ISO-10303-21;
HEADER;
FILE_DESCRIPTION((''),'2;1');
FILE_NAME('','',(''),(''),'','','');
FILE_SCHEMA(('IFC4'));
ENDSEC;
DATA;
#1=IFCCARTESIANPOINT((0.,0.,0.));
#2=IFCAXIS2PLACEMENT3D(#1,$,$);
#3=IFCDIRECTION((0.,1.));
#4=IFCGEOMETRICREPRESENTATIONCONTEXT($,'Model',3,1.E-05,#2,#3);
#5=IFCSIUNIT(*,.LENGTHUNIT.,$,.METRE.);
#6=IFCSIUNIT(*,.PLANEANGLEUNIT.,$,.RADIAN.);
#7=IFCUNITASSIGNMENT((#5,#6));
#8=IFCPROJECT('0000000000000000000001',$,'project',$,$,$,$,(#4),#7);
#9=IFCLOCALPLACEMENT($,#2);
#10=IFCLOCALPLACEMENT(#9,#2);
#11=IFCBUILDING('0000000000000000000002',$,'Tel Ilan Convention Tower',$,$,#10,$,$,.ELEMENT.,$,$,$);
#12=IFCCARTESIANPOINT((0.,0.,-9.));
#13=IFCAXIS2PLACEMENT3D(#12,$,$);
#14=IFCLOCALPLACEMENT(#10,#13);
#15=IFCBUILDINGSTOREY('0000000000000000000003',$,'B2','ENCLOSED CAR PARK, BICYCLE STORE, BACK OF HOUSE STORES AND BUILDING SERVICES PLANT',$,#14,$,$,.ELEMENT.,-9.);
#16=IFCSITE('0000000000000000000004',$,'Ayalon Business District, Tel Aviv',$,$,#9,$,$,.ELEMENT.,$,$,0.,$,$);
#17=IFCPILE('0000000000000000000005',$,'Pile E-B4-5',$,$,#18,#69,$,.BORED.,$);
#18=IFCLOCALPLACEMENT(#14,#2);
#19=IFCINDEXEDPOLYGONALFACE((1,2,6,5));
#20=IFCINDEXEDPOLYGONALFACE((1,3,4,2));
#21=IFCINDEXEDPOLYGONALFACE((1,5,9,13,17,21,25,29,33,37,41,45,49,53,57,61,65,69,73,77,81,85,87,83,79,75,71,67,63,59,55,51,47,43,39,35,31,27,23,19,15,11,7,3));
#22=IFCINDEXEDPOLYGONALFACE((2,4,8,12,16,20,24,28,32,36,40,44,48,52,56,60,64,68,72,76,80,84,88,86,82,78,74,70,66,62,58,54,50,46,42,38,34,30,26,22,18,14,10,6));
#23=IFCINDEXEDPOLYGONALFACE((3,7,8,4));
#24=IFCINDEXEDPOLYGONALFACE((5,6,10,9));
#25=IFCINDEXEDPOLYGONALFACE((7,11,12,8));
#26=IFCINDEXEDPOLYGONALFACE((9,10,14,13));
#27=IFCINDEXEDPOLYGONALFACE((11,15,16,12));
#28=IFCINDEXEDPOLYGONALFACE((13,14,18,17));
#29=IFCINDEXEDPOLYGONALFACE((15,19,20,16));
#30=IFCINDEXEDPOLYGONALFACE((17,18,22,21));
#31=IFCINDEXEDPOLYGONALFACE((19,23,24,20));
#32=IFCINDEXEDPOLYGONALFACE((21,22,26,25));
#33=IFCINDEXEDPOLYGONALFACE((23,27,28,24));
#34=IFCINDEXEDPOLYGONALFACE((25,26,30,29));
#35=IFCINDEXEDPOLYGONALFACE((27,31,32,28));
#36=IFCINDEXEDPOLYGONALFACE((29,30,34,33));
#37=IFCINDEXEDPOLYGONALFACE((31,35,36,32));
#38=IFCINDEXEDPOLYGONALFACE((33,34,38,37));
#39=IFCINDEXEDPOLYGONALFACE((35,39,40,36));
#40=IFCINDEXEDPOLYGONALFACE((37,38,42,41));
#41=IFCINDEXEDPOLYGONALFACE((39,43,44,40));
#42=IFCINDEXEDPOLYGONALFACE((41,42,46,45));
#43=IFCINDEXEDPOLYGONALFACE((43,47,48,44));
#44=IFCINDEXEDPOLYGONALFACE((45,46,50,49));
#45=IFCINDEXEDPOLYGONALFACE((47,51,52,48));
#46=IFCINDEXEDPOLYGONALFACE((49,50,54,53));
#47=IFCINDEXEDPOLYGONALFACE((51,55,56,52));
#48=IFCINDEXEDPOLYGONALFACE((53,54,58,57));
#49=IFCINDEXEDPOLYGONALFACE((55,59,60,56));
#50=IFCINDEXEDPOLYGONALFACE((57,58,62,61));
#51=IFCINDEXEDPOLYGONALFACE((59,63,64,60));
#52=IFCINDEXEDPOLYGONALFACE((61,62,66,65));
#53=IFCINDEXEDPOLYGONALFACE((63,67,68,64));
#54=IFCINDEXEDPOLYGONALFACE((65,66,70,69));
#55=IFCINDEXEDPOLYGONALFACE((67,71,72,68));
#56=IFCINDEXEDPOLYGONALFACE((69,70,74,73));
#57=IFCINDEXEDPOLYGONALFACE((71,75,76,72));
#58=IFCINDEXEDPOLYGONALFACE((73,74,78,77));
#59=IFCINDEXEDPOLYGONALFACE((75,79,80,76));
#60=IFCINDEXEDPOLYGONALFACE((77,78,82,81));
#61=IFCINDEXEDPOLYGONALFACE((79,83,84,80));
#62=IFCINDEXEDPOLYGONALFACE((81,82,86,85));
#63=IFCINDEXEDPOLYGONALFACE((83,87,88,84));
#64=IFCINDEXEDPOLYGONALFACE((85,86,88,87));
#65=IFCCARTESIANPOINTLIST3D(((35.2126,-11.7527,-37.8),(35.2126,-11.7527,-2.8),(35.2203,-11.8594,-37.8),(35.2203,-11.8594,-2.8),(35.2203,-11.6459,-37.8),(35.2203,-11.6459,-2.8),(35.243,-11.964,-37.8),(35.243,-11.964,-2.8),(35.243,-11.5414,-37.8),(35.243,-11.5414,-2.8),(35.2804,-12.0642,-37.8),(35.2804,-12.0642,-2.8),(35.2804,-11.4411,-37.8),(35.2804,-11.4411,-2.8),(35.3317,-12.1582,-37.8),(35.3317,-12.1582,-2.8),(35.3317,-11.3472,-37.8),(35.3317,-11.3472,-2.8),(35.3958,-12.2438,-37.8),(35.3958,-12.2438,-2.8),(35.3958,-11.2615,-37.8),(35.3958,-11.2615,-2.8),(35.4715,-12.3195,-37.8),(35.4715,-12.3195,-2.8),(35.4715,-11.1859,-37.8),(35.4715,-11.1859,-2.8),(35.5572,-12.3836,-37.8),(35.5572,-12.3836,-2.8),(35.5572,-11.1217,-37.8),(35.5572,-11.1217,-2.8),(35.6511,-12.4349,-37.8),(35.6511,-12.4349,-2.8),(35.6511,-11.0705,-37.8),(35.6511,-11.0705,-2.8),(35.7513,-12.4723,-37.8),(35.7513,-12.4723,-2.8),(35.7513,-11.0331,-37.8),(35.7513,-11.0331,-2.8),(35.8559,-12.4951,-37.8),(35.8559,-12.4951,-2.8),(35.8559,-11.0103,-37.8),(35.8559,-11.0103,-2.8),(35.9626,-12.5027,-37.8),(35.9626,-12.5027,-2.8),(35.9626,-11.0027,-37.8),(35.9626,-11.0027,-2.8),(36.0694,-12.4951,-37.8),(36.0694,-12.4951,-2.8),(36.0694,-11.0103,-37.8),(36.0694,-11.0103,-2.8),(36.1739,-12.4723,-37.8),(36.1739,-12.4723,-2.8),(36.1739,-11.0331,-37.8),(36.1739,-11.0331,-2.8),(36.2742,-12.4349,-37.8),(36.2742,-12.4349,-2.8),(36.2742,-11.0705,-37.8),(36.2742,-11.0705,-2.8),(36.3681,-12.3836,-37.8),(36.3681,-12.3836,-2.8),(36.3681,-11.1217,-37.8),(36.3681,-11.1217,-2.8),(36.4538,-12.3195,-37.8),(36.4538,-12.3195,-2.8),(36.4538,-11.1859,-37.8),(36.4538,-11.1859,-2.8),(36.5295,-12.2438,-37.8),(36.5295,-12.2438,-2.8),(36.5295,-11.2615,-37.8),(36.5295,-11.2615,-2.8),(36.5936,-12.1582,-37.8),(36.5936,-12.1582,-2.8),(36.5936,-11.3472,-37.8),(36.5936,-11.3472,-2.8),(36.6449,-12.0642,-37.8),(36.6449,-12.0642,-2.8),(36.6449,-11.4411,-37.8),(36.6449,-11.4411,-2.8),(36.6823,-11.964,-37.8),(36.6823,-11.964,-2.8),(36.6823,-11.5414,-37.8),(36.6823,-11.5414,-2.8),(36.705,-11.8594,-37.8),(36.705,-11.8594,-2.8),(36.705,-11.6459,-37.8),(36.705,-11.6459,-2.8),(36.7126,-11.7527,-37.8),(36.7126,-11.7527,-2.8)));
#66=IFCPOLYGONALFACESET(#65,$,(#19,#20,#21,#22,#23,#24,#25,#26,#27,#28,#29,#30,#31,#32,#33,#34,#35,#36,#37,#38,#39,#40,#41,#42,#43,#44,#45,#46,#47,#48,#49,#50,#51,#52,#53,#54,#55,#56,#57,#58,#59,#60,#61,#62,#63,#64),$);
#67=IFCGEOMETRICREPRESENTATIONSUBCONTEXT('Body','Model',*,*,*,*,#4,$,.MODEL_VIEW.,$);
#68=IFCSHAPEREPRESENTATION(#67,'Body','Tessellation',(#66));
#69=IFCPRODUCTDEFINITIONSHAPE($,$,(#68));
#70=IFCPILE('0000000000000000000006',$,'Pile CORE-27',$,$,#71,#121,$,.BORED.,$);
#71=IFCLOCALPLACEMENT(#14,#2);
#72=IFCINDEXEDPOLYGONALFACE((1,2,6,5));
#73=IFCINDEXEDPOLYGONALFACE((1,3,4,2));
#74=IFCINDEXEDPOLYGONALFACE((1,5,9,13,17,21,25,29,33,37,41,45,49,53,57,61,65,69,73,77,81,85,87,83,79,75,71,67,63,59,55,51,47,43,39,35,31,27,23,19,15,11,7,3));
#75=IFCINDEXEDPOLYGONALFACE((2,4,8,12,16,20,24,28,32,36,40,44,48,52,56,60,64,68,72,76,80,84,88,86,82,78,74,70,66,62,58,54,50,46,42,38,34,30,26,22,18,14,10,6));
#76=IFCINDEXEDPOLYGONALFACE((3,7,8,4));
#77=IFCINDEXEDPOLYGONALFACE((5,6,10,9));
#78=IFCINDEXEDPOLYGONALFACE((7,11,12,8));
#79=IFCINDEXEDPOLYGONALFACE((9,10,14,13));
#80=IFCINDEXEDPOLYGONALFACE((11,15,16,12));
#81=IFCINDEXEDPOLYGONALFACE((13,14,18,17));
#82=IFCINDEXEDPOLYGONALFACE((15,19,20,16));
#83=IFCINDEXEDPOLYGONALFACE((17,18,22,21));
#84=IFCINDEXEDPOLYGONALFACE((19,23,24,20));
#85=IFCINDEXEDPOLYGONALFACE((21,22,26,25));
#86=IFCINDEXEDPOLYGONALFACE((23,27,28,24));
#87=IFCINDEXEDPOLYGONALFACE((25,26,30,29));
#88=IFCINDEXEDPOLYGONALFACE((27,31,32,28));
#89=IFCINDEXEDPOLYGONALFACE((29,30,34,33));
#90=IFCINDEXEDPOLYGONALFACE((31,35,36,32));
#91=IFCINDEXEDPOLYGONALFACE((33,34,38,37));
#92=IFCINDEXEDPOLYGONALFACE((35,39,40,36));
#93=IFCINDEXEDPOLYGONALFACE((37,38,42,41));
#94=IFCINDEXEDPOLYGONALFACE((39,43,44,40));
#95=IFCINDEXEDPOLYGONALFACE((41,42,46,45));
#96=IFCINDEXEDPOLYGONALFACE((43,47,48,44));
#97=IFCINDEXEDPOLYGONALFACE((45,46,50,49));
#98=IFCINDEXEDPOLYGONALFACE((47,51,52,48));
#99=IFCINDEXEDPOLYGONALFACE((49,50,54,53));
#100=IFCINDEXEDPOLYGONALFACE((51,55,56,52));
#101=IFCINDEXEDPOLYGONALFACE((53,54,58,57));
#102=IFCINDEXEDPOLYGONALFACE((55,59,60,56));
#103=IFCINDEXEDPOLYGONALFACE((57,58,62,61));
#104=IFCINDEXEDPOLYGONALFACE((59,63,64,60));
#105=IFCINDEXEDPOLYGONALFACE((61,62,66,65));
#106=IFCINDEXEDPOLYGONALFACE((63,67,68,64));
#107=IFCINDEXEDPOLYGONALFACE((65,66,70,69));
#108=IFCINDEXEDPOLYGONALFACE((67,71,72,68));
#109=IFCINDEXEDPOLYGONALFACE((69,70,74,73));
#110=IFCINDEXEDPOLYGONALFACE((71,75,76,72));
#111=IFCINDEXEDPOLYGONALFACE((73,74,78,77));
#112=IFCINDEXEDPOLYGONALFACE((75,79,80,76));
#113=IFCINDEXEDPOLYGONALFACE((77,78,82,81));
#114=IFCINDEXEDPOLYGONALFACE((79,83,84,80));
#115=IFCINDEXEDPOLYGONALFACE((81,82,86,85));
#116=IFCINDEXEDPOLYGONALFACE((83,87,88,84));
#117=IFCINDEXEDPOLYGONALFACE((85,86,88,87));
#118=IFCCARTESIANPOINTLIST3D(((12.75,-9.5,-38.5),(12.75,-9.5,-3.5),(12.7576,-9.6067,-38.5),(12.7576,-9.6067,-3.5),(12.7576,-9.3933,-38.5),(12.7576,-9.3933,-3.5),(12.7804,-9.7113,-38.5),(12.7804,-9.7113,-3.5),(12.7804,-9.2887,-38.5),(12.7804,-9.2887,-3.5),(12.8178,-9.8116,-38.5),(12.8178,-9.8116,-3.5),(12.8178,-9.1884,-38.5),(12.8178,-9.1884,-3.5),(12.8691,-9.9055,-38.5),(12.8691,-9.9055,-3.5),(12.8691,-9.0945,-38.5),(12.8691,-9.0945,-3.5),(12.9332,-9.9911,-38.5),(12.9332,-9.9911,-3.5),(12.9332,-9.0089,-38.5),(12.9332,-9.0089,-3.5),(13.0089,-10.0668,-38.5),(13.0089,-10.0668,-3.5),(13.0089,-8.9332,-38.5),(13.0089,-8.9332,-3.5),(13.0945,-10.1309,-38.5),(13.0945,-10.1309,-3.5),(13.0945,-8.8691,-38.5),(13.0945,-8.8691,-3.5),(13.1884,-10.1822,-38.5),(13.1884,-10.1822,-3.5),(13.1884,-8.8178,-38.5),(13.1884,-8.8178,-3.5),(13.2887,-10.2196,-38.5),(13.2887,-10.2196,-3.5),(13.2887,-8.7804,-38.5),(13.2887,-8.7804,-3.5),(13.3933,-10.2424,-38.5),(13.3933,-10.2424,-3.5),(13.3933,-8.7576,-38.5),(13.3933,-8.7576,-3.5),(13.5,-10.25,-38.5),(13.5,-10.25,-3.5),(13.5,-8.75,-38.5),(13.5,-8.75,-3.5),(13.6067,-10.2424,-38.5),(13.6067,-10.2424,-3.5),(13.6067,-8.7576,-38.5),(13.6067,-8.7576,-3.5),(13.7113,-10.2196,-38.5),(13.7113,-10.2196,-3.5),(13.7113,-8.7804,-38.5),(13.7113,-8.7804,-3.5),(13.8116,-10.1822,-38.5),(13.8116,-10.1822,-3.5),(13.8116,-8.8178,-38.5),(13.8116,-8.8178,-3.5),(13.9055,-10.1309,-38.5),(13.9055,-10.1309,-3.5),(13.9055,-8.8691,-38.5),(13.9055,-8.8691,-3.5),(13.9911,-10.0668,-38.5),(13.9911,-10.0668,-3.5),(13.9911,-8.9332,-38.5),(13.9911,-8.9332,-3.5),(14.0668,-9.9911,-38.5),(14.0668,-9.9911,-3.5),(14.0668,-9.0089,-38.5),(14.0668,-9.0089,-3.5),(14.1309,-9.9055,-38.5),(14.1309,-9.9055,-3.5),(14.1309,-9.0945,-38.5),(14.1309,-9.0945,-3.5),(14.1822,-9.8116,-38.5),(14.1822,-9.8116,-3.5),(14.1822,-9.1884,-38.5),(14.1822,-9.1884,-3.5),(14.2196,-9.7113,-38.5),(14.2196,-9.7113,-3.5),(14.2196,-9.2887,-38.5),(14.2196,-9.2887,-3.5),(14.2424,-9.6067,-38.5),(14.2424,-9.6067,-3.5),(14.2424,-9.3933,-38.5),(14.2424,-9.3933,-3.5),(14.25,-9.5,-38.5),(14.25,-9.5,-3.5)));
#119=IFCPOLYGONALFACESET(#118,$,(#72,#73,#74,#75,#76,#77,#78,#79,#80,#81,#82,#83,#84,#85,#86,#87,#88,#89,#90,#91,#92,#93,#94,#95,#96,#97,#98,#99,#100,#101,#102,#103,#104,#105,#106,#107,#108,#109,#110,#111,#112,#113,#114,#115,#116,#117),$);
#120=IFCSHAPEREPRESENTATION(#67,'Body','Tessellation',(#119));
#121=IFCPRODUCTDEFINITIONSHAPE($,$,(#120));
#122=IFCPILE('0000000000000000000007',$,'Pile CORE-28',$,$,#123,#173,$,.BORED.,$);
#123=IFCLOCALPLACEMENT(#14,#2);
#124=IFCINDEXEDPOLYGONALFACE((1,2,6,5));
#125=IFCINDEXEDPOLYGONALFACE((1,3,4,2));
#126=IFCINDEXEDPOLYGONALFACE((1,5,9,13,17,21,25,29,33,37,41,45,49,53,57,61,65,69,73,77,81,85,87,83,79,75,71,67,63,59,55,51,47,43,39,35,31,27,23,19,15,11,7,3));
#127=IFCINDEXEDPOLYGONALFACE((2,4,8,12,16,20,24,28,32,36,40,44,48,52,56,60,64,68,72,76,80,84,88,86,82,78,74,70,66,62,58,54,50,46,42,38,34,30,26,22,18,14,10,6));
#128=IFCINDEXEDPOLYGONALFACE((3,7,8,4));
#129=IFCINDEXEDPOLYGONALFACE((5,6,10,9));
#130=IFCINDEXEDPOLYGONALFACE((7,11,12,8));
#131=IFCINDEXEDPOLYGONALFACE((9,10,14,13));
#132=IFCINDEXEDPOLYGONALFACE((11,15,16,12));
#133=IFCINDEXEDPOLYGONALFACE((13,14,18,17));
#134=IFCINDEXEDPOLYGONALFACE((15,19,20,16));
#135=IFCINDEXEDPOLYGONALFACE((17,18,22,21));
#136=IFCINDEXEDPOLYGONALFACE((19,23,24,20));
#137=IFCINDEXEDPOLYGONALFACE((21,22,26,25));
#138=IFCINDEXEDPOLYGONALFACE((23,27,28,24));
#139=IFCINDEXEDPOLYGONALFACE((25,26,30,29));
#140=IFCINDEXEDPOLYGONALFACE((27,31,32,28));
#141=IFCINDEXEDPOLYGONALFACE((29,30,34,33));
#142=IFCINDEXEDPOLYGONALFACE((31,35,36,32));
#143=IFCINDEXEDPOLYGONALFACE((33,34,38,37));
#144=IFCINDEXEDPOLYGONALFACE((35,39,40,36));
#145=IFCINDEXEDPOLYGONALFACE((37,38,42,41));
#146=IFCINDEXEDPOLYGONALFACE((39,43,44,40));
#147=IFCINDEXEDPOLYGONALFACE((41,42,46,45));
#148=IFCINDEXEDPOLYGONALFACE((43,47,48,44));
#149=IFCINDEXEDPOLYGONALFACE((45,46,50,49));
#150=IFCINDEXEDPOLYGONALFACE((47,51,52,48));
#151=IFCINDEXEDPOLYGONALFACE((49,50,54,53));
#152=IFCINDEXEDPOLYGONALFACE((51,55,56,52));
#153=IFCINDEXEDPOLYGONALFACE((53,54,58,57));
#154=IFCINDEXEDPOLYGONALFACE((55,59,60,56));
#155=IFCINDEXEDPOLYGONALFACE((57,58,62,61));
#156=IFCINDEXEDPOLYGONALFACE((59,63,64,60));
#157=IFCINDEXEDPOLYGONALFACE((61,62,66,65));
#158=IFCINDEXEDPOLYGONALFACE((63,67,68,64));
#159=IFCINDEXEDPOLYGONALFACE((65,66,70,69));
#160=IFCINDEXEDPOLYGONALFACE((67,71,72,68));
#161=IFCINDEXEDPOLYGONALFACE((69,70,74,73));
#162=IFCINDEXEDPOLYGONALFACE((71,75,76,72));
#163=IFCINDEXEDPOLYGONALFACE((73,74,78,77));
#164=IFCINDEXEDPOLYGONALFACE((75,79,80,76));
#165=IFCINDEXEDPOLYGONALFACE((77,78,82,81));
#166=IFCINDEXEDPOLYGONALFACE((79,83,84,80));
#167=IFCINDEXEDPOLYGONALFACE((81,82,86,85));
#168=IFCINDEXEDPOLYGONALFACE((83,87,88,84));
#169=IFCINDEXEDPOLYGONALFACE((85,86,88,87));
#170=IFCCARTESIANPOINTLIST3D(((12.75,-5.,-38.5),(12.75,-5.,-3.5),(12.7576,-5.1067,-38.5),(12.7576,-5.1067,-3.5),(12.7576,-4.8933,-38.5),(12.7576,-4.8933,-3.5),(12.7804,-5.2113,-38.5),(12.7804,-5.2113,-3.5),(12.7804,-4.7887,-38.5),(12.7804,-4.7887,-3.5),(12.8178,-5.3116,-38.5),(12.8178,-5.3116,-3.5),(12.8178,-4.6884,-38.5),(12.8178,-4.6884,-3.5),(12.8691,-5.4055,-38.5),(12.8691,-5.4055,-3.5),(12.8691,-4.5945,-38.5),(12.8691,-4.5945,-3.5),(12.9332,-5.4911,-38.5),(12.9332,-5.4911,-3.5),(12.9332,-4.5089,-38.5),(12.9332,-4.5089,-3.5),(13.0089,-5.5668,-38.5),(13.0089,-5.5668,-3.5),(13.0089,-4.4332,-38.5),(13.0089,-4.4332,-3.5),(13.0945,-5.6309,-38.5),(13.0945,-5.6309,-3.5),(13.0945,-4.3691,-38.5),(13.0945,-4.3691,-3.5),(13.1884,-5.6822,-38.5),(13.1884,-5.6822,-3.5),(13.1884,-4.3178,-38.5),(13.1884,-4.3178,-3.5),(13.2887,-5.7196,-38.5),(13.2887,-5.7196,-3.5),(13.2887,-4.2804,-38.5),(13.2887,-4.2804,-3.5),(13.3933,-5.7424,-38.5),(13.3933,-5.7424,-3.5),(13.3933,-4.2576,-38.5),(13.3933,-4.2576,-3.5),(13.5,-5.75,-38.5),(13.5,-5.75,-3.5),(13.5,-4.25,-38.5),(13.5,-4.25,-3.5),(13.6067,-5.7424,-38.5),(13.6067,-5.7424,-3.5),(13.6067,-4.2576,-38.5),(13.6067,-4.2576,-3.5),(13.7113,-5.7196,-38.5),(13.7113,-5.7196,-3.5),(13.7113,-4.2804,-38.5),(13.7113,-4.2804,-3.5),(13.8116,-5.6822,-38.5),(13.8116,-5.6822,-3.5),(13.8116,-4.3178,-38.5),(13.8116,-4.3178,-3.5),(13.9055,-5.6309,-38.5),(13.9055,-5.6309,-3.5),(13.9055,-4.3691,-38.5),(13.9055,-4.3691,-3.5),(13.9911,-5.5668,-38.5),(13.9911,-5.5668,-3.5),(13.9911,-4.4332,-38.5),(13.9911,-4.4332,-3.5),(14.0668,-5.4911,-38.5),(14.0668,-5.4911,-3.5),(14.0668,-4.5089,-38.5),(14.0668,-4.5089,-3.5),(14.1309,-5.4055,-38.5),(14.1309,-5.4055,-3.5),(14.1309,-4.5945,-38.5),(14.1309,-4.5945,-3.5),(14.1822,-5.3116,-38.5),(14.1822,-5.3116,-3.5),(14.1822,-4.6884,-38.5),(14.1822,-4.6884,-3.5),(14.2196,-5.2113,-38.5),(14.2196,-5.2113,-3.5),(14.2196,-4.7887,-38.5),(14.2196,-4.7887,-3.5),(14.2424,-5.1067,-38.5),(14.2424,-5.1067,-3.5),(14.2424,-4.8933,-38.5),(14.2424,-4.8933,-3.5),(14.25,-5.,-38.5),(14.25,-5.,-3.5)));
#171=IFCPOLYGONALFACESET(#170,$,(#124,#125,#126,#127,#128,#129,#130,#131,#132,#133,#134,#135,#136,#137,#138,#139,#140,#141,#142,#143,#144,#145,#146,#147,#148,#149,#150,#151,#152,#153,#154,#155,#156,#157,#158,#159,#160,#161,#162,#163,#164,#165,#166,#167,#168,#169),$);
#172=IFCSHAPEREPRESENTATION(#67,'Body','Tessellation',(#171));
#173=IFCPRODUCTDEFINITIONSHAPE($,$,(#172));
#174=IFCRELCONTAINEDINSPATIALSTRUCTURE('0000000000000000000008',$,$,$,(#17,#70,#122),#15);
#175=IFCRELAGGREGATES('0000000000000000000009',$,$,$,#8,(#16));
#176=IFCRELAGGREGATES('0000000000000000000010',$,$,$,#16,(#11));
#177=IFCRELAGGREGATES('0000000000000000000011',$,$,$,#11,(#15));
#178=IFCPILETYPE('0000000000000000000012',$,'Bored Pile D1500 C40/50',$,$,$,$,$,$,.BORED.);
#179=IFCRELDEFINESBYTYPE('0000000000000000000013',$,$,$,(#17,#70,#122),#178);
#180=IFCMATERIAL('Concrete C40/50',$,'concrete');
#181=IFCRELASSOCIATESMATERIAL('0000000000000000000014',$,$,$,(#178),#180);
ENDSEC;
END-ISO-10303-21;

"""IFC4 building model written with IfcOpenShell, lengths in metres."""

from ifc_helpers import new_model, si_unit, direction, frame, origin, origin_2d, place, context, subcontext, project, spatial, circle, extrude, material, material_profile, profile_set, type_object, element, save


model = new_model("IFC4")

# Units and contexts
model_context = context("Model", 3, precision=1e-05, world=origin(), true_north=direction((0.0, 1.0)))
body_context = subcontext(model_context, "Body", "Model", "MODEL_VIEW")
ifc_project = project(units=[si_unit("LENGTHUNIT", "METRE"), si_unit("PLANEANGLEUNIT", "RADIAN")], contexts=[model_context])

# Site, building, storey
site_placement = place(None, origin())
site = spatial("IfcSite", under=ifc_project, at=site_placement, Name="Ayalon Business District, Tel Aviv", CompositionType="ELEMENT", RefElevation=0.0)
building_placement = place(site_placement, origin())
building = spatial("IfcBuilding", under=site, at=building_placement, Name="Tel Ilan Convention Tower", CompositionType="ELEMENT")
storey_placement = place(building_placement, frame((0.0, 0.0, -9.0)))
storey = spatial("IfcBuildingStorey", under=building, at=storey_placement, Name="B2", Description="ENCLOSED CAR PARK, BICYCLE STORE, BACK OF HOUSE STORES AND BUILDING SERVICES PLANT", CompositionType="ELEMENT", Elevation=-9.0)

# Piles
ifc_material_1 = material(Name="Concrete C40/50", Category="concrete")
ifc_material_profile_1 = material_profile(ifc_material_1, circle(Radius=0.75, at=origin_2d()), Name="BORED D1500")
ifc_profile_set_1 = profile_set([ifc_material_profile_1], Name="Concrete C40/50")
pile_type_1 = type_object("IfcPileType", Name="Bored Pile D1500 C40/50", PredefinedType="BORED", material=ifc_profile_set_1)
for number, where, z_axis, x_axis, name in (
    (1, (35.9626, -11.7527, -2.8), (0.0, 0.0, -1.0), (1.0, 0.0, 0.0), "Pile E-B4-5"),
    (2, (13.5, -9.5, -3.5), (0.0, 0.0, -1.0), (1.0, 0.0, 0.0), "Pile CORE-27"),
    (3, (13.5, -5.0, -3.5), (0.0, 0.0, -1.0), (1.0, 0.0, 0.0), "Pile CORE-28"),
):
    element("IfcPile", number, at=place(storey_placement, frame(where, z_axis=z_axis, x_axis=x_axis)), inside=storey, type_object=pile_type_1, Name=name, PredefinedType="BORED", context=body_context, shape_type="SweptSolid", body=[
        extrude(circle(Radius=0.75, at=origin_2d()), origin(), (0.0, 0.0, 1.0), 35.0),
    ])

save(model, "model.ifc")
